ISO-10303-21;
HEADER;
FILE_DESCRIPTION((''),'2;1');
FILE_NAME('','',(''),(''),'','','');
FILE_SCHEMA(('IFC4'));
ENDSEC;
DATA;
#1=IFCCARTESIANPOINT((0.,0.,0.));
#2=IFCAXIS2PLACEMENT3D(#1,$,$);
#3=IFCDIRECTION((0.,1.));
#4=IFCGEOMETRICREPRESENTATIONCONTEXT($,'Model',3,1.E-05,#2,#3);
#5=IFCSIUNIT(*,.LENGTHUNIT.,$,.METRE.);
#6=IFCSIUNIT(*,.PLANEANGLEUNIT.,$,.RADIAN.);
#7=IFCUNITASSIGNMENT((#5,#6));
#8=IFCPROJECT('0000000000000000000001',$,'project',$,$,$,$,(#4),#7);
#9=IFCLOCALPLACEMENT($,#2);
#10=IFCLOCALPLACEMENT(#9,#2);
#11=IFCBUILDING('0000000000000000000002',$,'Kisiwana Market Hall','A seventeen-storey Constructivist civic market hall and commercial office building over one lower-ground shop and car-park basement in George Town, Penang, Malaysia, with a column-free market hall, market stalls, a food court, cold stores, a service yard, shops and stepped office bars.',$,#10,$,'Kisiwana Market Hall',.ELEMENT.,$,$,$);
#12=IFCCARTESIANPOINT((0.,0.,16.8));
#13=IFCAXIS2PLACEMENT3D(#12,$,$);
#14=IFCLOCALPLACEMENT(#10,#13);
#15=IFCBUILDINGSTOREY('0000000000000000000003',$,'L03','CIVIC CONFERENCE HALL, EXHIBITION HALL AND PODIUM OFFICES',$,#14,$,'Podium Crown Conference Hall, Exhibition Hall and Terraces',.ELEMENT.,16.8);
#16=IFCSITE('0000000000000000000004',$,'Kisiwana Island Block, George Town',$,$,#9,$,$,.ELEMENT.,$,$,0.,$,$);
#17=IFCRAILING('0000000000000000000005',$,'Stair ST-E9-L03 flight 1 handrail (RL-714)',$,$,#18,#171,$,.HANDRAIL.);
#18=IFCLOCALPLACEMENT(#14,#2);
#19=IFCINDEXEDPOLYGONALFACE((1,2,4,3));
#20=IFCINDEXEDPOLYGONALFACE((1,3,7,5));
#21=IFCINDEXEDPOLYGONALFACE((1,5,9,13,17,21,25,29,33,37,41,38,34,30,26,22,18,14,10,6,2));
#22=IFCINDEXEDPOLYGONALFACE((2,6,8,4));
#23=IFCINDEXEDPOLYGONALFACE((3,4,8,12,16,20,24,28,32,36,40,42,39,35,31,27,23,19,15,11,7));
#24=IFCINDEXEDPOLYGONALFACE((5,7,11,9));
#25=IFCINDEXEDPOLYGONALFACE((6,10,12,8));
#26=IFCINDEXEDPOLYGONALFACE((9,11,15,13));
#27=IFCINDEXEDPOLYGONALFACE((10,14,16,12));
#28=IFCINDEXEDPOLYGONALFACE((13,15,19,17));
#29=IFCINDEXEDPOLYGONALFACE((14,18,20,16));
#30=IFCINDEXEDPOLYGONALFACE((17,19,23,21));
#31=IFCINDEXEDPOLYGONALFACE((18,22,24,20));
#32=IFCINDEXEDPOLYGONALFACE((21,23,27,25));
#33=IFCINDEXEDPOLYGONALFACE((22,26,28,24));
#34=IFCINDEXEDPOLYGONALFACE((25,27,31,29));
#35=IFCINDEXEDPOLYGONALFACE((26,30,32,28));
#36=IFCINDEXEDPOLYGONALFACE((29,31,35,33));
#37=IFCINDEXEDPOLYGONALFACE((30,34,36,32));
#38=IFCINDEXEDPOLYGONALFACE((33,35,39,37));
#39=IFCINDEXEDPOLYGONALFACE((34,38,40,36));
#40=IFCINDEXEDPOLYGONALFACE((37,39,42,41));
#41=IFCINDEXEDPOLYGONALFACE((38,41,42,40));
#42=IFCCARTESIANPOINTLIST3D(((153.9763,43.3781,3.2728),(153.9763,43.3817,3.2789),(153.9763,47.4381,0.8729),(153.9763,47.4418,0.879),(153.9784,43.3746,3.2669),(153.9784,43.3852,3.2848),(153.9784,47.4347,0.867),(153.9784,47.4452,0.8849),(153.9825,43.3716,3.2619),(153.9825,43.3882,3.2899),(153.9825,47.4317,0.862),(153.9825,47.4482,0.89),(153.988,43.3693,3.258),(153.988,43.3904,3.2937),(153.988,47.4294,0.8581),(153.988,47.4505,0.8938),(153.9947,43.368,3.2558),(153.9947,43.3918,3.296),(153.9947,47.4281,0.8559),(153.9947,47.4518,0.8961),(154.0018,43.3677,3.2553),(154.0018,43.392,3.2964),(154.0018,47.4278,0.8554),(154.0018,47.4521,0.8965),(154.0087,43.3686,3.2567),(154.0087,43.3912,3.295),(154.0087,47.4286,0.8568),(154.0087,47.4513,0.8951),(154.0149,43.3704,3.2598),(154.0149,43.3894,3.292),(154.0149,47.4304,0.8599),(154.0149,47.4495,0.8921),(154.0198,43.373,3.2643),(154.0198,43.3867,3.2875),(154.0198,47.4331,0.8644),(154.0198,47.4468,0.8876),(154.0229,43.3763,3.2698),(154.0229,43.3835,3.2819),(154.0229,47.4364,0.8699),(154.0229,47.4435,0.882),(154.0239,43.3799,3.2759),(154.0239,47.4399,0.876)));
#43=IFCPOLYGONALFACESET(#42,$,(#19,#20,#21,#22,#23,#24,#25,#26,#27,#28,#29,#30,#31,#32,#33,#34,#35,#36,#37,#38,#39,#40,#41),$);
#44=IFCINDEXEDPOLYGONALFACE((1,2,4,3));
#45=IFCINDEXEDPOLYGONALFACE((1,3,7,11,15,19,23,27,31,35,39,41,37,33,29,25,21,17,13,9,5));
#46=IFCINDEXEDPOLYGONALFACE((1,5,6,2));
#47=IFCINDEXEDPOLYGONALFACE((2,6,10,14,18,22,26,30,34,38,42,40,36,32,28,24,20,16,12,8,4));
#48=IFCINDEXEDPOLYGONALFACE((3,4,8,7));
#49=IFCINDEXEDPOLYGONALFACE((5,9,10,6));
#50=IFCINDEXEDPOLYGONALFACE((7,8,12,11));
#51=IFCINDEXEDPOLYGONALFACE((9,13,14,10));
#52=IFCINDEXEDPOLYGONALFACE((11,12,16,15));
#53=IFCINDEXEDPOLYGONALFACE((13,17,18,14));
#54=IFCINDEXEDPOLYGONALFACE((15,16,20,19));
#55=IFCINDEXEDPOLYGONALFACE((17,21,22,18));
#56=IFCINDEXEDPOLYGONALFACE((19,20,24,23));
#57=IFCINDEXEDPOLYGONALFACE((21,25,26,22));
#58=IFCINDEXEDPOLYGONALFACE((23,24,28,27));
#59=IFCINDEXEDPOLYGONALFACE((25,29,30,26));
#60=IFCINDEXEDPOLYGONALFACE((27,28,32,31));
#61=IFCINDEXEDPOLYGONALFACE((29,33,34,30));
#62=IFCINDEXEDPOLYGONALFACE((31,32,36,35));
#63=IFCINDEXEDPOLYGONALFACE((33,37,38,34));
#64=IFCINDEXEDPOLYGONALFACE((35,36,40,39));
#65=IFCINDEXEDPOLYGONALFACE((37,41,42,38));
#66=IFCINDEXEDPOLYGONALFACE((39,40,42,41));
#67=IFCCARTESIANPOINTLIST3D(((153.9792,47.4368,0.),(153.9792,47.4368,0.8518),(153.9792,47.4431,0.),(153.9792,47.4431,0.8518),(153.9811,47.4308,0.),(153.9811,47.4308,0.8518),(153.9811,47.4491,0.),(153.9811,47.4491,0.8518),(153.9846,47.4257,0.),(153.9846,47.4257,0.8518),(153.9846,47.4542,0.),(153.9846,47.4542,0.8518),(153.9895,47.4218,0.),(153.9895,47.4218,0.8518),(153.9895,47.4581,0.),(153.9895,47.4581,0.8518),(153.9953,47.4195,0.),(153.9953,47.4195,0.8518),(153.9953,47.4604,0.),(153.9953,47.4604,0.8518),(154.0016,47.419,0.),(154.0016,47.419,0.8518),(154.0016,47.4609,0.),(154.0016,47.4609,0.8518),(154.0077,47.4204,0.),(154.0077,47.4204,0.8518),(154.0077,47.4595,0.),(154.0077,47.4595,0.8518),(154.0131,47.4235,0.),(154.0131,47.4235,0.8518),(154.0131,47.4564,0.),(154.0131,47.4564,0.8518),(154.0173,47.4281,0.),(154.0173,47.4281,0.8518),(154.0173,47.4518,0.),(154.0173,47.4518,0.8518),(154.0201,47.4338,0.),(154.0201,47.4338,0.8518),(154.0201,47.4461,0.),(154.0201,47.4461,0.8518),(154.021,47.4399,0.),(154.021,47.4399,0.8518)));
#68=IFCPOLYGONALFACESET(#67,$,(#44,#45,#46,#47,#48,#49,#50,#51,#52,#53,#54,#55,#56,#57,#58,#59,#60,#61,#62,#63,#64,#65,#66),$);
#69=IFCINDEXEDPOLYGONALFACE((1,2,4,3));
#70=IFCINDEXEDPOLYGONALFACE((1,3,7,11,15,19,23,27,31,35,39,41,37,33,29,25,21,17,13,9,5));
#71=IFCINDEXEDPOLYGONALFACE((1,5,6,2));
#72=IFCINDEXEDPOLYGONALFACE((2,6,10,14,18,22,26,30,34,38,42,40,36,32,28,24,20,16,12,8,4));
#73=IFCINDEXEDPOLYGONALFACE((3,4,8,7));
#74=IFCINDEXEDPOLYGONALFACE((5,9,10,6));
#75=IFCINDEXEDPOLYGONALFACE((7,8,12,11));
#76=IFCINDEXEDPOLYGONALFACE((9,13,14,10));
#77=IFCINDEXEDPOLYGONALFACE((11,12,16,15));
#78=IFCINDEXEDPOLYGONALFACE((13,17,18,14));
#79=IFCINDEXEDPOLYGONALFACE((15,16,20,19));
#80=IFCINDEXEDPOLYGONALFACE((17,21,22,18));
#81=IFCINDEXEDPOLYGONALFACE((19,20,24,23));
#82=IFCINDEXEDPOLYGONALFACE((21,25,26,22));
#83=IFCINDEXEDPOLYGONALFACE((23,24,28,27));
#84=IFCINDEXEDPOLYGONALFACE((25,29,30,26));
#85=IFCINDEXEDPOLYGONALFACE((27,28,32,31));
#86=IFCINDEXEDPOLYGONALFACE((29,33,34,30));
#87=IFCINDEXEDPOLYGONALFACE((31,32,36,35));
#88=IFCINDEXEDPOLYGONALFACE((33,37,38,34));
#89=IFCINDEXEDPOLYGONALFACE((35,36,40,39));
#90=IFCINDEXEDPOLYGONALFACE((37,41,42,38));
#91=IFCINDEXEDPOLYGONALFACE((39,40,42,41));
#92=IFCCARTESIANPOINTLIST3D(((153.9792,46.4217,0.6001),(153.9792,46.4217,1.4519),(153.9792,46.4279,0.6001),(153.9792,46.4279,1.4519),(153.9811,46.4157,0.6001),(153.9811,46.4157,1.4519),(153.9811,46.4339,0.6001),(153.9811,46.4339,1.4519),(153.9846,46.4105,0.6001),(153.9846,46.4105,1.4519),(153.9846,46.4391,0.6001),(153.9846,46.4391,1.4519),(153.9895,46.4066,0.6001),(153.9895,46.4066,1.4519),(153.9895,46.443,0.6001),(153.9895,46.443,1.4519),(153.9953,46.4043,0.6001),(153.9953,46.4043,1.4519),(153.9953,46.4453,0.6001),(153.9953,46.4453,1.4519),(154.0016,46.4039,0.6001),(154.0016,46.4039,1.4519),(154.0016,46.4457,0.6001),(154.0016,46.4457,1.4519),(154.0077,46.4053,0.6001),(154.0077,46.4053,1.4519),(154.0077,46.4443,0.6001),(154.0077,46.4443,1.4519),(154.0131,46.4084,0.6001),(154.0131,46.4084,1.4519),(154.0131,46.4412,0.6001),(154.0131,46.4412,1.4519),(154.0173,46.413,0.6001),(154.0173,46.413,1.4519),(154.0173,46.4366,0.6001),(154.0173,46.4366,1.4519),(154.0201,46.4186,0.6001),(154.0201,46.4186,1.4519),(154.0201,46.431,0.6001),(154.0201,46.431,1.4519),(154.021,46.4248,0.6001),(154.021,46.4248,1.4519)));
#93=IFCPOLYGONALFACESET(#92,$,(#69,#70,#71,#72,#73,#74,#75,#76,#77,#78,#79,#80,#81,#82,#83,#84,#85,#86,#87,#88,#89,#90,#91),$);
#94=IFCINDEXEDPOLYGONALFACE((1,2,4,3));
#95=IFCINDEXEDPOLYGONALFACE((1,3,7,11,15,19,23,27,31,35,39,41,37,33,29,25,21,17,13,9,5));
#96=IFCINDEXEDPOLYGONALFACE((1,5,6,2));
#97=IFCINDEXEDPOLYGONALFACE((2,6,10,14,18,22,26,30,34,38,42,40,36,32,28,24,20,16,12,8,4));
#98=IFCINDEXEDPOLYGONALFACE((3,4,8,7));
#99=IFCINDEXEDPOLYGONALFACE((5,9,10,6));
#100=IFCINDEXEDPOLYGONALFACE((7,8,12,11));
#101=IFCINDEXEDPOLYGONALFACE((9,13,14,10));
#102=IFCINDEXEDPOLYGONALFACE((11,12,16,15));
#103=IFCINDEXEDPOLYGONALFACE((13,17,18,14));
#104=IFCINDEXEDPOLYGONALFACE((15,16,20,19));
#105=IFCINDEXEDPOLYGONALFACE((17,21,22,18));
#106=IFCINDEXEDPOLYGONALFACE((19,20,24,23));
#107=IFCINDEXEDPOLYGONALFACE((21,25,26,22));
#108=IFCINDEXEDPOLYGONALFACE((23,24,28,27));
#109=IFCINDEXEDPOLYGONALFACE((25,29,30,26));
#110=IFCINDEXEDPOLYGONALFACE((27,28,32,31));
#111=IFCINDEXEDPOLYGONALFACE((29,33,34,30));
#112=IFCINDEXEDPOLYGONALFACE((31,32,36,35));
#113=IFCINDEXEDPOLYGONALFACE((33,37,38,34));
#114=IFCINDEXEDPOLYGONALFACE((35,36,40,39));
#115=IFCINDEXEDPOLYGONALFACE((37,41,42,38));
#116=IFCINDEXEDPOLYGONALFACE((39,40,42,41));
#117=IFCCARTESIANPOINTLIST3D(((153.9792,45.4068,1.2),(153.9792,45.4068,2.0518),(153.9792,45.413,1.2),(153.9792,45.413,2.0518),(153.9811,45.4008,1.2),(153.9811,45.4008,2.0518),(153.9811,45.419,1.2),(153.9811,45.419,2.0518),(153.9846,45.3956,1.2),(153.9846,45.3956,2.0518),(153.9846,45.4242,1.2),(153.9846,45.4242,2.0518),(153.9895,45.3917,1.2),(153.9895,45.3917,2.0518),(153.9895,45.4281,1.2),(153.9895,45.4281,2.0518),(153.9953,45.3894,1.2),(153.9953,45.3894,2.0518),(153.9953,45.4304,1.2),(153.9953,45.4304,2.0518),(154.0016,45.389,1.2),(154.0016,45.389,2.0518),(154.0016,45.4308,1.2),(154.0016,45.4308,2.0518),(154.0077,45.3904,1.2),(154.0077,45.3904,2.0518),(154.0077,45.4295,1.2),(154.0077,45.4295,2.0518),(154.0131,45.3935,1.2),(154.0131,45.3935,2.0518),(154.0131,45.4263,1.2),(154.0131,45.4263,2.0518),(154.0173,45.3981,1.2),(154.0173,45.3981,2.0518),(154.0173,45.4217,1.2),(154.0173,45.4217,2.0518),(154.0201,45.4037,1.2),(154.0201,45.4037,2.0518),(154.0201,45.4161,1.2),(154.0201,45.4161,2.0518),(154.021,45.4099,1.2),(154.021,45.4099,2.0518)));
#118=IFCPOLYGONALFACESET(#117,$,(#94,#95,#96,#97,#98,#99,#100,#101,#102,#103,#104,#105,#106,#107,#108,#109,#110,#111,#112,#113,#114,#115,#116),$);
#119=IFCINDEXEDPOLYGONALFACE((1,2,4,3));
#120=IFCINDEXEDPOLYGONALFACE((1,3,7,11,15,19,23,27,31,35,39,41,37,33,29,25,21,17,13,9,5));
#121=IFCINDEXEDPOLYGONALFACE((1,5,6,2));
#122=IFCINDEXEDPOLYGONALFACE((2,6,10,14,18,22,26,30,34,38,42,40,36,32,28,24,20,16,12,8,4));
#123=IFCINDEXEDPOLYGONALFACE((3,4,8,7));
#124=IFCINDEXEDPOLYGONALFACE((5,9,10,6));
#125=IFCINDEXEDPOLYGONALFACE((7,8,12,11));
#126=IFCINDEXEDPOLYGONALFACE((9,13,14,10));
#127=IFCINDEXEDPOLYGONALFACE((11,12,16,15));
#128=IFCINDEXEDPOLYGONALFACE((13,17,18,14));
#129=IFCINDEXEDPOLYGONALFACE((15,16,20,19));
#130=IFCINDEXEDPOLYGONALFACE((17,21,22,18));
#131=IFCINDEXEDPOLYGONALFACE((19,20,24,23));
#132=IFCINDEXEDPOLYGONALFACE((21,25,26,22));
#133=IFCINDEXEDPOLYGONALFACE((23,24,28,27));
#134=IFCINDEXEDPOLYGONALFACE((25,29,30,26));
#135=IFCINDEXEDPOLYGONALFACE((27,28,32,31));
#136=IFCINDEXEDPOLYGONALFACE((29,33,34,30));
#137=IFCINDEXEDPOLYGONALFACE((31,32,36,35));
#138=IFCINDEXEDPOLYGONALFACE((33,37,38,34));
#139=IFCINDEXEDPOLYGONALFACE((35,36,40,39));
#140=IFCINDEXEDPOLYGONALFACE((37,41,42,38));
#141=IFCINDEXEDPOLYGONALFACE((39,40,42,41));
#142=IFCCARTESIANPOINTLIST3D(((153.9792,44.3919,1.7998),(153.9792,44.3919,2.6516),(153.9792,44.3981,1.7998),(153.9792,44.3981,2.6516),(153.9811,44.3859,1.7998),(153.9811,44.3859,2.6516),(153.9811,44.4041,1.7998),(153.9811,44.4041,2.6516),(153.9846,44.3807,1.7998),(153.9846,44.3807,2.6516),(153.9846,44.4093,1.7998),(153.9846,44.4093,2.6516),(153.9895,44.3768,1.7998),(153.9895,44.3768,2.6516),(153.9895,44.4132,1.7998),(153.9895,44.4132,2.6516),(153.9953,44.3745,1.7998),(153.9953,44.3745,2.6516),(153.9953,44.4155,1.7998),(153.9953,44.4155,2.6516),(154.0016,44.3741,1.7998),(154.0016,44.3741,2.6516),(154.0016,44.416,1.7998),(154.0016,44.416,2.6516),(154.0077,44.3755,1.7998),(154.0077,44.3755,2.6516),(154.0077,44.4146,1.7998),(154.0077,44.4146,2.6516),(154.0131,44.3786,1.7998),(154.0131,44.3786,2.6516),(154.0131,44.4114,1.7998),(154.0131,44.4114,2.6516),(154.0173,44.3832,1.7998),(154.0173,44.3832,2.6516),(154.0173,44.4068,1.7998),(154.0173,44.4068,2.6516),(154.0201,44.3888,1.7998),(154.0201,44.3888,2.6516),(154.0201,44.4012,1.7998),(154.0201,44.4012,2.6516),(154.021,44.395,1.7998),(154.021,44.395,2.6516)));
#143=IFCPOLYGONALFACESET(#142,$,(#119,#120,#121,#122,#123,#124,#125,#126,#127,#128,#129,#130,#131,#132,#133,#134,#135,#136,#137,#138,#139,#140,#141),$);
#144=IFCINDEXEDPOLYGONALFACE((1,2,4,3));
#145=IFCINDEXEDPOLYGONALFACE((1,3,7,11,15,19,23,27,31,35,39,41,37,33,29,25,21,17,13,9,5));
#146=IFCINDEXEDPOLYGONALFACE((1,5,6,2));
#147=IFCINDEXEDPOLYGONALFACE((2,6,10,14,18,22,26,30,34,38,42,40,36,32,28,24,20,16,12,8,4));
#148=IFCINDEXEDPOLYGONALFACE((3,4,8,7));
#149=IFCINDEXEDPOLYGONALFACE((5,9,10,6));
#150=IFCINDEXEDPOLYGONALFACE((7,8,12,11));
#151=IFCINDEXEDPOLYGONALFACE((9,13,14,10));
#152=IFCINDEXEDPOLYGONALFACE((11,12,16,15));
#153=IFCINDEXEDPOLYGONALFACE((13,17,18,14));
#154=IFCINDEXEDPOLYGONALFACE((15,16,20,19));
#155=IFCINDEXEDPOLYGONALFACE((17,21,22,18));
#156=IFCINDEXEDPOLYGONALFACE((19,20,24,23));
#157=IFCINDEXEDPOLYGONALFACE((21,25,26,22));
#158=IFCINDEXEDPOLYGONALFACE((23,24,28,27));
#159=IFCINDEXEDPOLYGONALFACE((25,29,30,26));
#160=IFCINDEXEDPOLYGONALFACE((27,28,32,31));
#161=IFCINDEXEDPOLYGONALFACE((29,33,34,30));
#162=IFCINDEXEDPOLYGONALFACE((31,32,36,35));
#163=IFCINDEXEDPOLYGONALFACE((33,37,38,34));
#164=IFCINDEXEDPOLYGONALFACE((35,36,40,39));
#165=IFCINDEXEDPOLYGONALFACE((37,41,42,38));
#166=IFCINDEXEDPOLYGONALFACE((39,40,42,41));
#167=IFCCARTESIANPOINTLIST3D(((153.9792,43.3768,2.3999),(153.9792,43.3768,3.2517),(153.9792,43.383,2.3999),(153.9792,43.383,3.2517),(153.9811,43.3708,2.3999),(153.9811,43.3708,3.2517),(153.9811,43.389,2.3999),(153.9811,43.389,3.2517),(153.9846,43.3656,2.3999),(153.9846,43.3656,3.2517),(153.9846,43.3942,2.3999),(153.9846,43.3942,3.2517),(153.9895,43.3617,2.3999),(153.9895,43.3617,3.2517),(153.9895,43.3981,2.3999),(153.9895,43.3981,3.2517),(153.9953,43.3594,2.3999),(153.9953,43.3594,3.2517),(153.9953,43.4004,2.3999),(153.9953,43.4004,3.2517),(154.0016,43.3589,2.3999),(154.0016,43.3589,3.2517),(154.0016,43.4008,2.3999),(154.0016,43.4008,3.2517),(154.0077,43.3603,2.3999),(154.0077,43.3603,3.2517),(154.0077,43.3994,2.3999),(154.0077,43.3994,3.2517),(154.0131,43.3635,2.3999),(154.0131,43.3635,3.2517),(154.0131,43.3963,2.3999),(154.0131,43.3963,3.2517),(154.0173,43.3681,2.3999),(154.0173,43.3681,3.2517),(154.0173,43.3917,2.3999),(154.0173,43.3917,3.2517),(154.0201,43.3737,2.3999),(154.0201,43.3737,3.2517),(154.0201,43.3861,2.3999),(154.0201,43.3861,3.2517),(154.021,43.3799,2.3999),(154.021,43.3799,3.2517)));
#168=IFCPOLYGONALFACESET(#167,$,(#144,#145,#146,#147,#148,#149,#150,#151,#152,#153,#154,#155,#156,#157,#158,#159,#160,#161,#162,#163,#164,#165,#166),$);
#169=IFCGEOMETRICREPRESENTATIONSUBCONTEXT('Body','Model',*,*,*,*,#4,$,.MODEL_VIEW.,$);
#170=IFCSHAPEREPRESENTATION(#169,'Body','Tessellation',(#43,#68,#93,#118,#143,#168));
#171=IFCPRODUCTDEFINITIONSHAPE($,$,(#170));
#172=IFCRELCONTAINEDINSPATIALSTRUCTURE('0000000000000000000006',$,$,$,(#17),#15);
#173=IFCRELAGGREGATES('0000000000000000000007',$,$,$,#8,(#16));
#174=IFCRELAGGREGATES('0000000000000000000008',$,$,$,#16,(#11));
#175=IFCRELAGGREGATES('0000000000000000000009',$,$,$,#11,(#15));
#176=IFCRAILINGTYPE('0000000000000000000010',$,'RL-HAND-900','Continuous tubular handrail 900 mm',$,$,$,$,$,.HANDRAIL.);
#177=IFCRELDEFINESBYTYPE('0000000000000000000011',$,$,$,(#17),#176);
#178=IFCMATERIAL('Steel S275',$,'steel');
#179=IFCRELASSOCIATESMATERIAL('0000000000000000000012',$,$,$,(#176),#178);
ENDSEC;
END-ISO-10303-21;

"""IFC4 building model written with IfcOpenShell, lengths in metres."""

from ifc_helpers import new_model, si_unit, direction, frame, origin, origin_2d, place, context, subcontext, project, spatial, circle, extrude, material, type_object, element, save


model = new_model("IFC4")

# Units and contexts
model_context = context("Model", 3, precision=1e-05, world=origin(), true_north=direction((0.0, 1.0)))
body_context = subcontext(model_context, "Body", "Model", "MODEL_VIEW")
ifc_project = project(units=[si_unit("LENGTHUNIT", "METRE"), si_unit("PLANEANGLEUNIT", "RADIAN")], contexts=[model_context])

# Site, building, storey
site_placement = place(None, origin())
site = spatial("IfcSite", under=ifc_project, at=site_placement, Name="Kisiwana Island Block, George Town", CompositionType="ELEMENT", RefElevation=0.0)
building_placement = place(site_placement, origin())
building = spatial("IfcBuilding", under=site, at=building_placement, Name="Kisiwana Market Hall", Description="A seventeen-storey Constructivist civic market hall and commercial office building over one lower-ground shop and car-park basement in George Town, Penang, Malaysia, with a column-free market hall, market stalls, a food court, cold stores, a service yard, shops and stepped office bars.", LongName="Kisiwana Market Hall", CompositionType="ELEMENT")
storey_placement = place(building_placement, frame((0.0, 0.0, 16.8)))
storey = spatial("IfcBuildingStorey", under=building, at=storey_placement, Name="L03", Description="CIVIC CONFERENCE HALL, EXHIBITION HALL AND PODIUM OFFICES", LongName="Podium Crown Conference Hall, Exhibition Hall and Terraces", CompositionType="ELEMENT", Elevation=16.8)

# Railing
ifc_material_1 = material(Name="Steel S275", Category="steel")
railing_type_1 = type_object("IfcRailingType", Name="RL-HAND-900", Description="Continuous tubular handrail 900 mm", PredefinedType="HANDRAIL", material=ifc_material_1)
railing_1_placement = place(storey_placement, frame((154.0, 47.4399, 0.0)))
element("IfcRailing", 1, at=railing_1_placement, inside=storey, type_object=railing_type_1, Name="Stair ST-E9-L03 flight 1 handrail (RL-714)", PredefinedType="HANDRAIL", context=body_context, shape_type="SweptSolid", body=[
    extrude(circle(Radius=0.0239, at=origin_2d()), frame((0.0, 0.0, 0.876), z_axis=(0.0, -0.860854, 0.508851), x_axis=(1.0, 0.0, 0.0)), (0.0, 0.0, 1.0), 4.7163),
    extrude(circle(Radius=0.021, at=origin_2d()), origin(), (0.0, 0.0, 1.0), 0.8518),
    extrude(circle(Radius=0.021, at=origin_2d()), frame((0.0, -1.0151, 0.6001)), (0.0, 0.0, 1.0), 0.8518),
    extrude(circle(Radius=0.021, at=origin_2d()), frame((0.0, -2.03, 1.2)), (0.0, 0.0, 1.0), 0.8518),
    extrude(circle(Radius=0.021, at=origin_2d()), frame((0.0, -3.0449, 1.7998)), (0.0, 0.0, 1.0), 0.8518),
    extrude(circle(Radius=0.021, at=origin_2d()), frame((0.0, -4.0601, 2.3999)), (0.0, 0.0, 1.0), 0.8518),
])

save(model, "model.ifc")
